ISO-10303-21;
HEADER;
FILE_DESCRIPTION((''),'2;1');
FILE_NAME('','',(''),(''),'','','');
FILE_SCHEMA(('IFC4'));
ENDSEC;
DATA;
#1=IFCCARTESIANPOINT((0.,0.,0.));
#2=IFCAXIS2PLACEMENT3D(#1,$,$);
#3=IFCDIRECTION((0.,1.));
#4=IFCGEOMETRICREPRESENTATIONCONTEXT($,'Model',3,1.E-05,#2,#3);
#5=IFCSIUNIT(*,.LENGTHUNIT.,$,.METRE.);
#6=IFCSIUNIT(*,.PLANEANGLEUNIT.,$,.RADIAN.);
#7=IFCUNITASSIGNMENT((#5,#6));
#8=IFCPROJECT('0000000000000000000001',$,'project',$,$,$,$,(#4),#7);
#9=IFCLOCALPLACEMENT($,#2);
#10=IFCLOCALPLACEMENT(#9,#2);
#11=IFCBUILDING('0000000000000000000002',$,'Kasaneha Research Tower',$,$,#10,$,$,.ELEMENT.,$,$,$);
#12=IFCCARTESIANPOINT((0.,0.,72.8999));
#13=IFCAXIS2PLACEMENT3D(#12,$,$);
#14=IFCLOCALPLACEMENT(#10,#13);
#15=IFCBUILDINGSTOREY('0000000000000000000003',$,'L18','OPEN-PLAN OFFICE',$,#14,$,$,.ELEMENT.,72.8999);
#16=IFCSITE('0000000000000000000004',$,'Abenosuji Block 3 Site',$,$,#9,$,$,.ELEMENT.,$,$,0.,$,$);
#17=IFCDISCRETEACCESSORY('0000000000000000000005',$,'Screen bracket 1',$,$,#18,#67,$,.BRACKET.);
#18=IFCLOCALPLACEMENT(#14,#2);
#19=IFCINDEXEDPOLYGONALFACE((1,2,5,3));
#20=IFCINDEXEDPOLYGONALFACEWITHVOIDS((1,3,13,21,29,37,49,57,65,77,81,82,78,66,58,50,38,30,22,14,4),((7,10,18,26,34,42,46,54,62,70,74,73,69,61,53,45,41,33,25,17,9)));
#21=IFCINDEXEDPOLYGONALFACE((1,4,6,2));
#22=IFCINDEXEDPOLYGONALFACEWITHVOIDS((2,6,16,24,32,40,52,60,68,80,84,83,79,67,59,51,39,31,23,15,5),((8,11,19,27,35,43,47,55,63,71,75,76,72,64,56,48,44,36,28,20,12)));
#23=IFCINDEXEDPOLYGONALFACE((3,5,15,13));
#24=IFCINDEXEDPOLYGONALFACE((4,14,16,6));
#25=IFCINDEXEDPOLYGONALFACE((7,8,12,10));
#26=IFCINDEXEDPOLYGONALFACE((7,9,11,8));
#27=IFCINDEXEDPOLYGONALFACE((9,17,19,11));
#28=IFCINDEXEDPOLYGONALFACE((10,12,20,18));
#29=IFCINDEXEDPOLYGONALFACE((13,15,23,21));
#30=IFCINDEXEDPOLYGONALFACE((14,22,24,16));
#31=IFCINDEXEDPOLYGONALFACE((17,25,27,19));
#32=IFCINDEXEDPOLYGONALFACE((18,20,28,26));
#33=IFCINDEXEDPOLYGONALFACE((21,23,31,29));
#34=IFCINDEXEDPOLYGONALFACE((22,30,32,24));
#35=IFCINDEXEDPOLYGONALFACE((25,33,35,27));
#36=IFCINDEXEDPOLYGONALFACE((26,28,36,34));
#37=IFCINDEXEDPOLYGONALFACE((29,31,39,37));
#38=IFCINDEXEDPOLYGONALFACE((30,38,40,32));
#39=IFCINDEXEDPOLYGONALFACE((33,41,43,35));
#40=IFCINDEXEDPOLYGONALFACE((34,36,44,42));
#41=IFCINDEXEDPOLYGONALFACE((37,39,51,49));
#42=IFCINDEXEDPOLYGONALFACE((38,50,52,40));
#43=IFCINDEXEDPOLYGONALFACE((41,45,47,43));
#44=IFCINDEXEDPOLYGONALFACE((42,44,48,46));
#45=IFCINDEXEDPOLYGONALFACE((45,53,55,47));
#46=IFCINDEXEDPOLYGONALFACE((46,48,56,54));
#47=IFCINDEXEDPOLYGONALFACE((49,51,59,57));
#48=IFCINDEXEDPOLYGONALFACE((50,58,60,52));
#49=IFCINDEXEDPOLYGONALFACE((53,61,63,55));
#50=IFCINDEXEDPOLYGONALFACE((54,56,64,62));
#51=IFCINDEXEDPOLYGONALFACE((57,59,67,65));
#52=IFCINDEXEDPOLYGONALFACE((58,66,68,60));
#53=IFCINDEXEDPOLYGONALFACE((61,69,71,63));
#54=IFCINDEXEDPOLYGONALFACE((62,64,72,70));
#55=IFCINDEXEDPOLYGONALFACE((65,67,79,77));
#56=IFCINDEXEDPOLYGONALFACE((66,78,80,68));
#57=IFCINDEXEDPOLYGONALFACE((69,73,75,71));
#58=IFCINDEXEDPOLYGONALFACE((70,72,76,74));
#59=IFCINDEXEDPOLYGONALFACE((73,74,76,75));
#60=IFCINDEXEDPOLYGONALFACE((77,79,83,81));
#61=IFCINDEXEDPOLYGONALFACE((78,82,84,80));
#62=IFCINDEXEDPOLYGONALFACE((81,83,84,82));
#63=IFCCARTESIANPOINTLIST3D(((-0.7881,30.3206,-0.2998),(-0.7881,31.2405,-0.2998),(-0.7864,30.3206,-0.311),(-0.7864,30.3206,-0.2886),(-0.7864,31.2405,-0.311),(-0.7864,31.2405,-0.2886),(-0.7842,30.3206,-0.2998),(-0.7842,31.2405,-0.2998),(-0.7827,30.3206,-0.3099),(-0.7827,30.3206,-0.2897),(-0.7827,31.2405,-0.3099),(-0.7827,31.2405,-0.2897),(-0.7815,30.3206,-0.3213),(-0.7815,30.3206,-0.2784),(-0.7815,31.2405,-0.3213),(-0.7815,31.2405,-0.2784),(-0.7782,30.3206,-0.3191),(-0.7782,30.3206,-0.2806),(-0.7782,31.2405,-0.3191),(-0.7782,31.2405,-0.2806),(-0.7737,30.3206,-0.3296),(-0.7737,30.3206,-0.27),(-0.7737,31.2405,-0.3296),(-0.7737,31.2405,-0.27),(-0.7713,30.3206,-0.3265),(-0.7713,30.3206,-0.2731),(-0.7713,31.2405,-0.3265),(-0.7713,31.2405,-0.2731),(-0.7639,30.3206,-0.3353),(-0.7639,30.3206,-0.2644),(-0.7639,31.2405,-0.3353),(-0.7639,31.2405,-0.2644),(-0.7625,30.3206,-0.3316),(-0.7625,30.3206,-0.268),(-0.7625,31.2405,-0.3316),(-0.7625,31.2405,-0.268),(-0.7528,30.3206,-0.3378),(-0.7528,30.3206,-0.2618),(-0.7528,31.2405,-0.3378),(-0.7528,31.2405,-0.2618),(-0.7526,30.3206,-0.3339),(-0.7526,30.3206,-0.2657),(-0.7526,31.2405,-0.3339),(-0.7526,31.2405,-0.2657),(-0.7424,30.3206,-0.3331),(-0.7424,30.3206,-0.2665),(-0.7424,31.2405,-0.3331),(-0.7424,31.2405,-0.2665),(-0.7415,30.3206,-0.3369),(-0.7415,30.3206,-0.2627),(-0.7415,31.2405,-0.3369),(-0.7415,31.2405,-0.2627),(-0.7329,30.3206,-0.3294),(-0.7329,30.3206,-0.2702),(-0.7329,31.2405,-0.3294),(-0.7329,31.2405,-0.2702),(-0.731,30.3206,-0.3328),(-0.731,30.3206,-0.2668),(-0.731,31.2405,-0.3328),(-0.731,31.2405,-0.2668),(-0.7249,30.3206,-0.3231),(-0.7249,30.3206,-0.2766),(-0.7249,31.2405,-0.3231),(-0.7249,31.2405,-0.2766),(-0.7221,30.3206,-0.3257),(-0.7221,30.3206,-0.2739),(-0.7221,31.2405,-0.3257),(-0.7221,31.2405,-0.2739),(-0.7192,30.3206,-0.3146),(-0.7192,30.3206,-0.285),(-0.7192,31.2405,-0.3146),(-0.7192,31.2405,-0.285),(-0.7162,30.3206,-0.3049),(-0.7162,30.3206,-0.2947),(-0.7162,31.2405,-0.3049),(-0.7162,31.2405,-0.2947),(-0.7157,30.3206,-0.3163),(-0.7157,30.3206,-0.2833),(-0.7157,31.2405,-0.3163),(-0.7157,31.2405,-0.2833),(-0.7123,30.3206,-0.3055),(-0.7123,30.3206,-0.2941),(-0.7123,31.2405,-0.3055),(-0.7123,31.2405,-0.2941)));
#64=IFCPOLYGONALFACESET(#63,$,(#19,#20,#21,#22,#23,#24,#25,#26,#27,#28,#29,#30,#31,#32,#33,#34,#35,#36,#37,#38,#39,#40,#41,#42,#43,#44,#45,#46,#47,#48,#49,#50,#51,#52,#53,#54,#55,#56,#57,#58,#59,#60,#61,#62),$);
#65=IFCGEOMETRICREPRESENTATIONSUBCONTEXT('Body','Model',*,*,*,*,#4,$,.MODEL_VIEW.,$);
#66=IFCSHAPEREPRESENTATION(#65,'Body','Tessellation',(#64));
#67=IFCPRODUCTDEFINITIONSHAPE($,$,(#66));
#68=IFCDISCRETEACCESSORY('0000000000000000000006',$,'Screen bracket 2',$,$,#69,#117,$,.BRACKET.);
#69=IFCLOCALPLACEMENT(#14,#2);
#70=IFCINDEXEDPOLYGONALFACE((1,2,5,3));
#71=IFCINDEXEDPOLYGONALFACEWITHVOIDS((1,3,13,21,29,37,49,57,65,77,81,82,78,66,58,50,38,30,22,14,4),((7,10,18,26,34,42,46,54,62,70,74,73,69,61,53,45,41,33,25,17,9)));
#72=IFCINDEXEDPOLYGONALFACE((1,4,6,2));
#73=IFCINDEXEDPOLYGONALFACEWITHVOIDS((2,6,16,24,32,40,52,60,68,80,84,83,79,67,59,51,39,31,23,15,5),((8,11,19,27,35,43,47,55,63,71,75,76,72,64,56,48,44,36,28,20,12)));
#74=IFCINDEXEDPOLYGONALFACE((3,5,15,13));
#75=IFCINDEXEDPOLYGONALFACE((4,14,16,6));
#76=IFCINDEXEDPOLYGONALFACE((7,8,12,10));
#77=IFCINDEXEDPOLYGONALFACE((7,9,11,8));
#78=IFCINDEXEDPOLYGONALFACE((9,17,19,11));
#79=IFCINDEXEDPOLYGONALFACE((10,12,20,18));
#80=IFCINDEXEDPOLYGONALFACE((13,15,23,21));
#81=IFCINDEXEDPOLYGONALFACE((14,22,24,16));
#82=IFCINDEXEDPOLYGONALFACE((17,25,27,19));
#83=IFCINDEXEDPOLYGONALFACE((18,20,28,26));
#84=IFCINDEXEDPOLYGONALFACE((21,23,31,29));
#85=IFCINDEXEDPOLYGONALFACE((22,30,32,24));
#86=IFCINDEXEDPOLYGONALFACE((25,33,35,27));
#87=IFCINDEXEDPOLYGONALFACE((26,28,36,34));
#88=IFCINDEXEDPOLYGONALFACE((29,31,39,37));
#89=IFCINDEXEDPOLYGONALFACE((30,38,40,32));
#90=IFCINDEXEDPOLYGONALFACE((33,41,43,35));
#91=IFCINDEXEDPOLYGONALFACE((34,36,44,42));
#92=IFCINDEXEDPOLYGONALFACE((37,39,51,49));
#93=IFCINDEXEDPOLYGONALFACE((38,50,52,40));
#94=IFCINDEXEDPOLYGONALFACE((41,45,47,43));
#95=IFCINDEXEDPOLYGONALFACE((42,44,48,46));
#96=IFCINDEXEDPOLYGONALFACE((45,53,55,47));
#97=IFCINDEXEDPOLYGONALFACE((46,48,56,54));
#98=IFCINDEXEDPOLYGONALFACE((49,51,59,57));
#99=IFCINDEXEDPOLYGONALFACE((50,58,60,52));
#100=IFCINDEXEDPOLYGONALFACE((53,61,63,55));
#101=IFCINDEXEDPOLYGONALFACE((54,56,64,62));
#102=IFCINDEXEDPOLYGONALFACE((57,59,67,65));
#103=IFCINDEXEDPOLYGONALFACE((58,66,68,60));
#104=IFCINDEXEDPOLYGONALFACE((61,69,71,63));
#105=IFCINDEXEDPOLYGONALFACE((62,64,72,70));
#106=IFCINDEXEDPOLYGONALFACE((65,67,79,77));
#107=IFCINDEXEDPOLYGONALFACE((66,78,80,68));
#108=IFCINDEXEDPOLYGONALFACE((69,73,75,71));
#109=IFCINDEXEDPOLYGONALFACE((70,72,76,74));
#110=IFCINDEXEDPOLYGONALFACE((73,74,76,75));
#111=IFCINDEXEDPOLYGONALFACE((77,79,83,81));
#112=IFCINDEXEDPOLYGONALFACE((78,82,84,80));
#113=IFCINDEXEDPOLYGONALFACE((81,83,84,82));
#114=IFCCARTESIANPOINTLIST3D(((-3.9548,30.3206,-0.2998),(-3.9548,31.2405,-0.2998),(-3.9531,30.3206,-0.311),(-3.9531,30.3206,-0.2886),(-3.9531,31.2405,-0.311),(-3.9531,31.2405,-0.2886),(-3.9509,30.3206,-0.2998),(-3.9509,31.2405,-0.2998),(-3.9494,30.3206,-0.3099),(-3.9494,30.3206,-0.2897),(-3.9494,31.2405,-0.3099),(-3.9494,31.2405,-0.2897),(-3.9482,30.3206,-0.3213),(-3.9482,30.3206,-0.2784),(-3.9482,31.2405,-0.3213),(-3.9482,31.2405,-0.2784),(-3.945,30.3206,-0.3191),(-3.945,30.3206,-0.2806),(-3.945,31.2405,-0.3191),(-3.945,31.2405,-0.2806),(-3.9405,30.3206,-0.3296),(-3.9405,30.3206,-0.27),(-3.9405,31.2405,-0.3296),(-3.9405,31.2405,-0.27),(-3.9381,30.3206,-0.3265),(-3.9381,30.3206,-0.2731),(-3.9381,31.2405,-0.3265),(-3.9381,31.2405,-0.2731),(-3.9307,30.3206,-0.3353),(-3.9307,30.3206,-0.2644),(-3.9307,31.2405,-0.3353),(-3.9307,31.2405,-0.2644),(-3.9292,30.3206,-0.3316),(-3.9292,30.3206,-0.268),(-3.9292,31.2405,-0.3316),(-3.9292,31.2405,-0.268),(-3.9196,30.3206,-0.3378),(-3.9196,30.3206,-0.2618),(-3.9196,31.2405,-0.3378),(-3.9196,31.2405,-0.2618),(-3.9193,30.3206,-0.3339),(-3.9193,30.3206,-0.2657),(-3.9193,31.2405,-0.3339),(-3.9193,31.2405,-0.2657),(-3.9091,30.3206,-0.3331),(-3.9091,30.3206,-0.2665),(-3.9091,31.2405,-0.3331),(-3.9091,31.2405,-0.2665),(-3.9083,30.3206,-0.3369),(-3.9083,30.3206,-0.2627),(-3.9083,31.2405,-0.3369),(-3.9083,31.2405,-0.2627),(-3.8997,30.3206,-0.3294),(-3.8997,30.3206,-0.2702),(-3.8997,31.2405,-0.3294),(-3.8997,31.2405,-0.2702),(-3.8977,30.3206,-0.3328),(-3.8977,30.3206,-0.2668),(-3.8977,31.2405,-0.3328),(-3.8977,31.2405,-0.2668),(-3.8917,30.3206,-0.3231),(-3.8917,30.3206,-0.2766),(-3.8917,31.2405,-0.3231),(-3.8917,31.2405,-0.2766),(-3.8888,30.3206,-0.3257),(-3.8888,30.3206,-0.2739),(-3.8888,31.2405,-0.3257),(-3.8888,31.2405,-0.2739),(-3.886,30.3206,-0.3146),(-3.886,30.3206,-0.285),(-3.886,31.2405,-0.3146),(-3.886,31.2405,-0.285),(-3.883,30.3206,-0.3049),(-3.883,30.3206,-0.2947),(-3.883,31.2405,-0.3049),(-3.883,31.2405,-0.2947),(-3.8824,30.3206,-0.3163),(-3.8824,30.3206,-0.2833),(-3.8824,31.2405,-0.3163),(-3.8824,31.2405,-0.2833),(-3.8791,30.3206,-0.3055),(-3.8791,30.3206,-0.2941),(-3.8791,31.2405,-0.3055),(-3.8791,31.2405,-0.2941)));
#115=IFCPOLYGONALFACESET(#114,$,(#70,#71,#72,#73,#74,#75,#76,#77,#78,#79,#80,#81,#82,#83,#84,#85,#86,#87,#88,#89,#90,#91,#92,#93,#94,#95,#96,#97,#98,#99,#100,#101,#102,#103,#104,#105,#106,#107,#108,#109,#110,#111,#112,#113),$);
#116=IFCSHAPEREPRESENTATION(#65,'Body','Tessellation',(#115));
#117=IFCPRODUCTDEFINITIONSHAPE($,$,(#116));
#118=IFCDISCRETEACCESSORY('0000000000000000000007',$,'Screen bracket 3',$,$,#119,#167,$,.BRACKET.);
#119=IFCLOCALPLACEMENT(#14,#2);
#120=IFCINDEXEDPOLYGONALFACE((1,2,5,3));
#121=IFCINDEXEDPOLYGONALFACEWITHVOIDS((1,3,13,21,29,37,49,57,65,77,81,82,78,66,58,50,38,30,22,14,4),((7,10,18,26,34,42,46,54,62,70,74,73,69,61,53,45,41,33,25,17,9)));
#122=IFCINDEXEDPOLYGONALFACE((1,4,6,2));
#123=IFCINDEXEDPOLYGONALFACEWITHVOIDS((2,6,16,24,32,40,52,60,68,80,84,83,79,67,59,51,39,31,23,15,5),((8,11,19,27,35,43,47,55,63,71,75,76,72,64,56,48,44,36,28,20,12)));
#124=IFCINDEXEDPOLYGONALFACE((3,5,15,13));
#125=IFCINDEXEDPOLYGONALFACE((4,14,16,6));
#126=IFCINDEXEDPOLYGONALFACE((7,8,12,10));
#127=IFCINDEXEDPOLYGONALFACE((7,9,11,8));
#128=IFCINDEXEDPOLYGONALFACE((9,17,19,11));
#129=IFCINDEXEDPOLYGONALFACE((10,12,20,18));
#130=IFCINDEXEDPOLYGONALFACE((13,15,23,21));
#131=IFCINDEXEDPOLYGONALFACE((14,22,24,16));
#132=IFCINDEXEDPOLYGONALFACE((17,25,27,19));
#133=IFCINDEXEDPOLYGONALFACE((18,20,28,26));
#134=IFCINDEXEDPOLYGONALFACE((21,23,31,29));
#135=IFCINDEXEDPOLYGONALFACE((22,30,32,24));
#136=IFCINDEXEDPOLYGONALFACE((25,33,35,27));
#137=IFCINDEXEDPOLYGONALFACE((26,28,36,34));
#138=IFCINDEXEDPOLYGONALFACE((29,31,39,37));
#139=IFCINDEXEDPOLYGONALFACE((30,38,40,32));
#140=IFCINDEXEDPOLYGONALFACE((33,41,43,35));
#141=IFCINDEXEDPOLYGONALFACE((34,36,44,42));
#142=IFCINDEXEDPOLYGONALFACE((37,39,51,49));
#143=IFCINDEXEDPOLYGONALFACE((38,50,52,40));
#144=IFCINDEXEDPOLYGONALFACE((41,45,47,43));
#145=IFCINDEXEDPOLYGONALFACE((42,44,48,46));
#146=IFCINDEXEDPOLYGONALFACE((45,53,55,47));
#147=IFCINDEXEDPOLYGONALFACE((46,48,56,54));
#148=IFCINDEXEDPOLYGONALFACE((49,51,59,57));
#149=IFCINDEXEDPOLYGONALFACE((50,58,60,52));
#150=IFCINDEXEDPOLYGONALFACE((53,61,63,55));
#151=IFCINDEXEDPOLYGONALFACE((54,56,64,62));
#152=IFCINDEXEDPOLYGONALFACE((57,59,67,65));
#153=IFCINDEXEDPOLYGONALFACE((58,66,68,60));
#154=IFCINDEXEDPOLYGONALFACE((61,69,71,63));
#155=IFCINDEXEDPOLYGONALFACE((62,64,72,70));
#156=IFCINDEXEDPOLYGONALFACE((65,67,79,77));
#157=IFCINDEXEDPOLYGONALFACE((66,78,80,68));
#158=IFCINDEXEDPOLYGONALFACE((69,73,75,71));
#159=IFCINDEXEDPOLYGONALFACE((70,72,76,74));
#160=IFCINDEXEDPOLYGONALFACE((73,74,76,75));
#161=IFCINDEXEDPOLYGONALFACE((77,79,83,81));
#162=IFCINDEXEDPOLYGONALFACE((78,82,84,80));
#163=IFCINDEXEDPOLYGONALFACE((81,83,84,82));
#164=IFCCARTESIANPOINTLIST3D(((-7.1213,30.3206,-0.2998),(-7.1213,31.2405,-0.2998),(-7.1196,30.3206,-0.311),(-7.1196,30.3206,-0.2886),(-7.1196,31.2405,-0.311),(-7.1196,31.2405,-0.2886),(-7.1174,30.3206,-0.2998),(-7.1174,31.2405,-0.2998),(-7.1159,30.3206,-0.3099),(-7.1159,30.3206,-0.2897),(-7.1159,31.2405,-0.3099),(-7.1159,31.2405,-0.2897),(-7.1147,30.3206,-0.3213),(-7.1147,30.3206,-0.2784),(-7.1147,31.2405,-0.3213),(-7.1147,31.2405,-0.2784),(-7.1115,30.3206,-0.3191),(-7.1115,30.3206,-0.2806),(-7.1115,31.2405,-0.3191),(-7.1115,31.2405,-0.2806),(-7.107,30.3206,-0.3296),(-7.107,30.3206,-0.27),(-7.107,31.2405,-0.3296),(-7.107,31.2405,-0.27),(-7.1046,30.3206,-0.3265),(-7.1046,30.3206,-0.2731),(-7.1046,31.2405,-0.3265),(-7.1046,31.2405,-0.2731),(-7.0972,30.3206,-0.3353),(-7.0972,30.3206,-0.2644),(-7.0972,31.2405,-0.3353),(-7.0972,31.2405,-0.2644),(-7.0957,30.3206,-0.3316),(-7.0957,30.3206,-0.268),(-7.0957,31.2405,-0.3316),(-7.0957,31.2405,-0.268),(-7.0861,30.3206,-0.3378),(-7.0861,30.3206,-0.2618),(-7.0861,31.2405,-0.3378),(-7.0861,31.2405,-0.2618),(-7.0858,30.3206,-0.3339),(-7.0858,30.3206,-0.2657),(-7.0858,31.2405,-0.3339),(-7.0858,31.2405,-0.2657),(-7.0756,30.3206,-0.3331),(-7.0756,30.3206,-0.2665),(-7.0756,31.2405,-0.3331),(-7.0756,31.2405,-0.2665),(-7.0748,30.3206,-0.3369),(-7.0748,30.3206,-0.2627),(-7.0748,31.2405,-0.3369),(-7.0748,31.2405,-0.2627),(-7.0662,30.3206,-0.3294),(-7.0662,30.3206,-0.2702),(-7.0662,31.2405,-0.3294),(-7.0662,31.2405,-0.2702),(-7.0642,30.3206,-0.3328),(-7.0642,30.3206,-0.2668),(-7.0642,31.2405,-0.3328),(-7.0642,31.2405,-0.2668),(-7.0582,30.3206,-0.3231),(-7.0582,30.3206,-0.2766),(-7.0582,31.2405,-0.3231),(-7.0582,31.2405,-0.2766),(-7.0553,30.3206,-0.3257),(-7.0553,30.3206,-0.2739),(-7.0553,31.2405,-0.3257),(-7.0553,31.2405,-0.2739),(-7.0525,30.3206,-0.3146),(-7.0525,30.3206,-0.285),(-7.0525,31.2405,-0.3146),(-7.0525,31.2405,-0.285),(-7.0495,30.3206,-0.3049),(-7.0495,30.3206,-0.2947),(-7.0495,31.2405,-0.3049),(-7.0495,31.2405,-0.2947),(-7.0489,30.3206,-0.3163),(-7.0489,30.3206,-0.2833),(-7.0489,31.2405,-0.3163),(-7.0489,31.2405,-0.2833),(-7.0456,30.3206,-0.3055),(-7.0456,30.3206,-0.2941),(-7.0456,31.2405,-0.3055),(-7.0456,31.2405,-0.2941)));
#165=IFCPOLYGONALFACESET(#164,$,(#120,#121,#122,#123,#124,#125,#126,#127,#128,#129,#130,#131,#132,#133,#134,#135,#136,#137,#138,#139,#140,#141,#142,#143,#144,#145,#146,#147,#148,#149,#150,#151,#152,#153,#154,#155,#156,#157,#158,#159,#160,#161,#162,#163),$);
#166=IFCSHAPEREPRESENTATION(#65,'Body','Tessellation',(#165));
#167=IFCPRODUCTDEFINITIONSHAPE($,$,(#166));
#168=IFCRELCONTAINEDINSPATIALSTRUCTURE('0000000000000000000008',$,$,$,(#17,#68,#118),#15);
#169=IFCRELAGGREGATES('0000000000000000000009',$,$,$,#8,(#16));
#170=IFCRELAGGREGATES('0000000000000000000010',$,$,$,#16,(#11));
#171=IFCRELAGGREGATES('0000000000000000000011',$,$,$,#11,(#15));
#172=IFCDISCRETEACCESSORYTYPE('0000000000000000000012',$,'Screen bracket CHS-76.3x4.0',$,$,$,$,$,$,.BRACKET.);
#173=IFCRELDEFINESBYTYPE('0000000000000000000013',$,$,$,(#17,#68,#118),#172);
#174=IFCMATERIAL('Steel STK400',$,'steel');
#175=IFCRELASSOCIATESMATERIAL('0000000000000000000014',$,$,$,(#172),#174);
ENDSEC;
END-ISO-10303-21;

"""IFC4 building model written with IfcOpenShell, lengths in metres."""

from ifc_helpers import new_model, si_unit, direction, frame, origin, origin_2d, place, context, subcontext, project, spatial, hollow_circle, extrude, material, material_profile, profile_set, type_object, element, save


model = new_model("IFC4")

# Units and contexts
model_context = context("Model", 3, precision=1e-05, world=origin(), true_north=direction((0.0, 1.0)))
body_context = subcontext(model_context, "Body", "Model", "MODEL_VIEW")
ifc_project = project(units=[si_unit("LENGTHUNIT", "METRE"), si_unit("PLANEANGLEUNIT", "RADIAN")], contexts=[model_context])

# Site, building, storey
site_placement = place(None, origin())
site = spatial("IfcSite", under=ifc_project, at=site_placement, Name="Abenosuji Block 3 Site", CompositionType="ELEMENT", RefElevation=0.0)
building_placement = place(site_placement, origin())
building = spatial("IfcBuilding", under=site, at=building_placement, Name="Kasaneha Research Tower", CompositionType="ELEMENT")
storey_placement = place(building_placement, frame((0.0, 0.0, 72.8999)))
storey = spatial("IfcBuildingStorey", under=building, at=storey_placement, Name="L18", Description="OPEN-PLAN OFFICE", CompositionType="ELEMENT", Elevation=72.8999)

# Discrete accessories
ifc_material_1 = material(Name="Steel STK400", Category="steel")
ifc_material_profile_1 = material_profile(ifc_material_1, hollow_circle(Radius=0.0381, WallThickness=0.0039, at=origin_2d()), Name="CHS-76.3x4.0")
ifc_profile_set_1 = profile_set([ifc_material_profile_1], Name="Steel STK400")
discrete_accessory_type = type_object("IfcDiscreteAccessoryType", Name="Screen bracket CHS-76.3x4.0", PredefinedType="BRACKET", material=ifc_profile_set_1)
for number, where, z_axis, x_axis, name in (
    (1, (-0.75, 30.3206, -0.2998), (0.0, 1.0, 0.0), (-1.0, 0.0, 0.0), "Screen bracket 1"),
    (2, (-3.9167, 30.3206, -0.2998), (0.0, 1.0, 0.0), (-1.0, 0.0, 0.0), "Screen bracket 2"),
    (3, (-7.0833, 30.3206, -0.2998), (0.0, 1.0, 0.0), (-1.0, 0.0, 0.0), "Screen bracket 3"),
):
    element("IfcDiscreteAccessory", number, at=place(storey_placement, frame(where, z_axis=z_axis, x_axis=x_axis)), inside=storey, type_object=discrete_accessory_type, Name=name, PredefinedType="BRACKET", context=body_context, shape_type="SweptSolid", body=[
        extrude(hollow_circle(Radius=0.0381, WallThickness=0.0039, at=origin_2d()), origin(), (0.0, 0.0, 1.0), 0.9199),
    ])

save(model, "model.ifc")
